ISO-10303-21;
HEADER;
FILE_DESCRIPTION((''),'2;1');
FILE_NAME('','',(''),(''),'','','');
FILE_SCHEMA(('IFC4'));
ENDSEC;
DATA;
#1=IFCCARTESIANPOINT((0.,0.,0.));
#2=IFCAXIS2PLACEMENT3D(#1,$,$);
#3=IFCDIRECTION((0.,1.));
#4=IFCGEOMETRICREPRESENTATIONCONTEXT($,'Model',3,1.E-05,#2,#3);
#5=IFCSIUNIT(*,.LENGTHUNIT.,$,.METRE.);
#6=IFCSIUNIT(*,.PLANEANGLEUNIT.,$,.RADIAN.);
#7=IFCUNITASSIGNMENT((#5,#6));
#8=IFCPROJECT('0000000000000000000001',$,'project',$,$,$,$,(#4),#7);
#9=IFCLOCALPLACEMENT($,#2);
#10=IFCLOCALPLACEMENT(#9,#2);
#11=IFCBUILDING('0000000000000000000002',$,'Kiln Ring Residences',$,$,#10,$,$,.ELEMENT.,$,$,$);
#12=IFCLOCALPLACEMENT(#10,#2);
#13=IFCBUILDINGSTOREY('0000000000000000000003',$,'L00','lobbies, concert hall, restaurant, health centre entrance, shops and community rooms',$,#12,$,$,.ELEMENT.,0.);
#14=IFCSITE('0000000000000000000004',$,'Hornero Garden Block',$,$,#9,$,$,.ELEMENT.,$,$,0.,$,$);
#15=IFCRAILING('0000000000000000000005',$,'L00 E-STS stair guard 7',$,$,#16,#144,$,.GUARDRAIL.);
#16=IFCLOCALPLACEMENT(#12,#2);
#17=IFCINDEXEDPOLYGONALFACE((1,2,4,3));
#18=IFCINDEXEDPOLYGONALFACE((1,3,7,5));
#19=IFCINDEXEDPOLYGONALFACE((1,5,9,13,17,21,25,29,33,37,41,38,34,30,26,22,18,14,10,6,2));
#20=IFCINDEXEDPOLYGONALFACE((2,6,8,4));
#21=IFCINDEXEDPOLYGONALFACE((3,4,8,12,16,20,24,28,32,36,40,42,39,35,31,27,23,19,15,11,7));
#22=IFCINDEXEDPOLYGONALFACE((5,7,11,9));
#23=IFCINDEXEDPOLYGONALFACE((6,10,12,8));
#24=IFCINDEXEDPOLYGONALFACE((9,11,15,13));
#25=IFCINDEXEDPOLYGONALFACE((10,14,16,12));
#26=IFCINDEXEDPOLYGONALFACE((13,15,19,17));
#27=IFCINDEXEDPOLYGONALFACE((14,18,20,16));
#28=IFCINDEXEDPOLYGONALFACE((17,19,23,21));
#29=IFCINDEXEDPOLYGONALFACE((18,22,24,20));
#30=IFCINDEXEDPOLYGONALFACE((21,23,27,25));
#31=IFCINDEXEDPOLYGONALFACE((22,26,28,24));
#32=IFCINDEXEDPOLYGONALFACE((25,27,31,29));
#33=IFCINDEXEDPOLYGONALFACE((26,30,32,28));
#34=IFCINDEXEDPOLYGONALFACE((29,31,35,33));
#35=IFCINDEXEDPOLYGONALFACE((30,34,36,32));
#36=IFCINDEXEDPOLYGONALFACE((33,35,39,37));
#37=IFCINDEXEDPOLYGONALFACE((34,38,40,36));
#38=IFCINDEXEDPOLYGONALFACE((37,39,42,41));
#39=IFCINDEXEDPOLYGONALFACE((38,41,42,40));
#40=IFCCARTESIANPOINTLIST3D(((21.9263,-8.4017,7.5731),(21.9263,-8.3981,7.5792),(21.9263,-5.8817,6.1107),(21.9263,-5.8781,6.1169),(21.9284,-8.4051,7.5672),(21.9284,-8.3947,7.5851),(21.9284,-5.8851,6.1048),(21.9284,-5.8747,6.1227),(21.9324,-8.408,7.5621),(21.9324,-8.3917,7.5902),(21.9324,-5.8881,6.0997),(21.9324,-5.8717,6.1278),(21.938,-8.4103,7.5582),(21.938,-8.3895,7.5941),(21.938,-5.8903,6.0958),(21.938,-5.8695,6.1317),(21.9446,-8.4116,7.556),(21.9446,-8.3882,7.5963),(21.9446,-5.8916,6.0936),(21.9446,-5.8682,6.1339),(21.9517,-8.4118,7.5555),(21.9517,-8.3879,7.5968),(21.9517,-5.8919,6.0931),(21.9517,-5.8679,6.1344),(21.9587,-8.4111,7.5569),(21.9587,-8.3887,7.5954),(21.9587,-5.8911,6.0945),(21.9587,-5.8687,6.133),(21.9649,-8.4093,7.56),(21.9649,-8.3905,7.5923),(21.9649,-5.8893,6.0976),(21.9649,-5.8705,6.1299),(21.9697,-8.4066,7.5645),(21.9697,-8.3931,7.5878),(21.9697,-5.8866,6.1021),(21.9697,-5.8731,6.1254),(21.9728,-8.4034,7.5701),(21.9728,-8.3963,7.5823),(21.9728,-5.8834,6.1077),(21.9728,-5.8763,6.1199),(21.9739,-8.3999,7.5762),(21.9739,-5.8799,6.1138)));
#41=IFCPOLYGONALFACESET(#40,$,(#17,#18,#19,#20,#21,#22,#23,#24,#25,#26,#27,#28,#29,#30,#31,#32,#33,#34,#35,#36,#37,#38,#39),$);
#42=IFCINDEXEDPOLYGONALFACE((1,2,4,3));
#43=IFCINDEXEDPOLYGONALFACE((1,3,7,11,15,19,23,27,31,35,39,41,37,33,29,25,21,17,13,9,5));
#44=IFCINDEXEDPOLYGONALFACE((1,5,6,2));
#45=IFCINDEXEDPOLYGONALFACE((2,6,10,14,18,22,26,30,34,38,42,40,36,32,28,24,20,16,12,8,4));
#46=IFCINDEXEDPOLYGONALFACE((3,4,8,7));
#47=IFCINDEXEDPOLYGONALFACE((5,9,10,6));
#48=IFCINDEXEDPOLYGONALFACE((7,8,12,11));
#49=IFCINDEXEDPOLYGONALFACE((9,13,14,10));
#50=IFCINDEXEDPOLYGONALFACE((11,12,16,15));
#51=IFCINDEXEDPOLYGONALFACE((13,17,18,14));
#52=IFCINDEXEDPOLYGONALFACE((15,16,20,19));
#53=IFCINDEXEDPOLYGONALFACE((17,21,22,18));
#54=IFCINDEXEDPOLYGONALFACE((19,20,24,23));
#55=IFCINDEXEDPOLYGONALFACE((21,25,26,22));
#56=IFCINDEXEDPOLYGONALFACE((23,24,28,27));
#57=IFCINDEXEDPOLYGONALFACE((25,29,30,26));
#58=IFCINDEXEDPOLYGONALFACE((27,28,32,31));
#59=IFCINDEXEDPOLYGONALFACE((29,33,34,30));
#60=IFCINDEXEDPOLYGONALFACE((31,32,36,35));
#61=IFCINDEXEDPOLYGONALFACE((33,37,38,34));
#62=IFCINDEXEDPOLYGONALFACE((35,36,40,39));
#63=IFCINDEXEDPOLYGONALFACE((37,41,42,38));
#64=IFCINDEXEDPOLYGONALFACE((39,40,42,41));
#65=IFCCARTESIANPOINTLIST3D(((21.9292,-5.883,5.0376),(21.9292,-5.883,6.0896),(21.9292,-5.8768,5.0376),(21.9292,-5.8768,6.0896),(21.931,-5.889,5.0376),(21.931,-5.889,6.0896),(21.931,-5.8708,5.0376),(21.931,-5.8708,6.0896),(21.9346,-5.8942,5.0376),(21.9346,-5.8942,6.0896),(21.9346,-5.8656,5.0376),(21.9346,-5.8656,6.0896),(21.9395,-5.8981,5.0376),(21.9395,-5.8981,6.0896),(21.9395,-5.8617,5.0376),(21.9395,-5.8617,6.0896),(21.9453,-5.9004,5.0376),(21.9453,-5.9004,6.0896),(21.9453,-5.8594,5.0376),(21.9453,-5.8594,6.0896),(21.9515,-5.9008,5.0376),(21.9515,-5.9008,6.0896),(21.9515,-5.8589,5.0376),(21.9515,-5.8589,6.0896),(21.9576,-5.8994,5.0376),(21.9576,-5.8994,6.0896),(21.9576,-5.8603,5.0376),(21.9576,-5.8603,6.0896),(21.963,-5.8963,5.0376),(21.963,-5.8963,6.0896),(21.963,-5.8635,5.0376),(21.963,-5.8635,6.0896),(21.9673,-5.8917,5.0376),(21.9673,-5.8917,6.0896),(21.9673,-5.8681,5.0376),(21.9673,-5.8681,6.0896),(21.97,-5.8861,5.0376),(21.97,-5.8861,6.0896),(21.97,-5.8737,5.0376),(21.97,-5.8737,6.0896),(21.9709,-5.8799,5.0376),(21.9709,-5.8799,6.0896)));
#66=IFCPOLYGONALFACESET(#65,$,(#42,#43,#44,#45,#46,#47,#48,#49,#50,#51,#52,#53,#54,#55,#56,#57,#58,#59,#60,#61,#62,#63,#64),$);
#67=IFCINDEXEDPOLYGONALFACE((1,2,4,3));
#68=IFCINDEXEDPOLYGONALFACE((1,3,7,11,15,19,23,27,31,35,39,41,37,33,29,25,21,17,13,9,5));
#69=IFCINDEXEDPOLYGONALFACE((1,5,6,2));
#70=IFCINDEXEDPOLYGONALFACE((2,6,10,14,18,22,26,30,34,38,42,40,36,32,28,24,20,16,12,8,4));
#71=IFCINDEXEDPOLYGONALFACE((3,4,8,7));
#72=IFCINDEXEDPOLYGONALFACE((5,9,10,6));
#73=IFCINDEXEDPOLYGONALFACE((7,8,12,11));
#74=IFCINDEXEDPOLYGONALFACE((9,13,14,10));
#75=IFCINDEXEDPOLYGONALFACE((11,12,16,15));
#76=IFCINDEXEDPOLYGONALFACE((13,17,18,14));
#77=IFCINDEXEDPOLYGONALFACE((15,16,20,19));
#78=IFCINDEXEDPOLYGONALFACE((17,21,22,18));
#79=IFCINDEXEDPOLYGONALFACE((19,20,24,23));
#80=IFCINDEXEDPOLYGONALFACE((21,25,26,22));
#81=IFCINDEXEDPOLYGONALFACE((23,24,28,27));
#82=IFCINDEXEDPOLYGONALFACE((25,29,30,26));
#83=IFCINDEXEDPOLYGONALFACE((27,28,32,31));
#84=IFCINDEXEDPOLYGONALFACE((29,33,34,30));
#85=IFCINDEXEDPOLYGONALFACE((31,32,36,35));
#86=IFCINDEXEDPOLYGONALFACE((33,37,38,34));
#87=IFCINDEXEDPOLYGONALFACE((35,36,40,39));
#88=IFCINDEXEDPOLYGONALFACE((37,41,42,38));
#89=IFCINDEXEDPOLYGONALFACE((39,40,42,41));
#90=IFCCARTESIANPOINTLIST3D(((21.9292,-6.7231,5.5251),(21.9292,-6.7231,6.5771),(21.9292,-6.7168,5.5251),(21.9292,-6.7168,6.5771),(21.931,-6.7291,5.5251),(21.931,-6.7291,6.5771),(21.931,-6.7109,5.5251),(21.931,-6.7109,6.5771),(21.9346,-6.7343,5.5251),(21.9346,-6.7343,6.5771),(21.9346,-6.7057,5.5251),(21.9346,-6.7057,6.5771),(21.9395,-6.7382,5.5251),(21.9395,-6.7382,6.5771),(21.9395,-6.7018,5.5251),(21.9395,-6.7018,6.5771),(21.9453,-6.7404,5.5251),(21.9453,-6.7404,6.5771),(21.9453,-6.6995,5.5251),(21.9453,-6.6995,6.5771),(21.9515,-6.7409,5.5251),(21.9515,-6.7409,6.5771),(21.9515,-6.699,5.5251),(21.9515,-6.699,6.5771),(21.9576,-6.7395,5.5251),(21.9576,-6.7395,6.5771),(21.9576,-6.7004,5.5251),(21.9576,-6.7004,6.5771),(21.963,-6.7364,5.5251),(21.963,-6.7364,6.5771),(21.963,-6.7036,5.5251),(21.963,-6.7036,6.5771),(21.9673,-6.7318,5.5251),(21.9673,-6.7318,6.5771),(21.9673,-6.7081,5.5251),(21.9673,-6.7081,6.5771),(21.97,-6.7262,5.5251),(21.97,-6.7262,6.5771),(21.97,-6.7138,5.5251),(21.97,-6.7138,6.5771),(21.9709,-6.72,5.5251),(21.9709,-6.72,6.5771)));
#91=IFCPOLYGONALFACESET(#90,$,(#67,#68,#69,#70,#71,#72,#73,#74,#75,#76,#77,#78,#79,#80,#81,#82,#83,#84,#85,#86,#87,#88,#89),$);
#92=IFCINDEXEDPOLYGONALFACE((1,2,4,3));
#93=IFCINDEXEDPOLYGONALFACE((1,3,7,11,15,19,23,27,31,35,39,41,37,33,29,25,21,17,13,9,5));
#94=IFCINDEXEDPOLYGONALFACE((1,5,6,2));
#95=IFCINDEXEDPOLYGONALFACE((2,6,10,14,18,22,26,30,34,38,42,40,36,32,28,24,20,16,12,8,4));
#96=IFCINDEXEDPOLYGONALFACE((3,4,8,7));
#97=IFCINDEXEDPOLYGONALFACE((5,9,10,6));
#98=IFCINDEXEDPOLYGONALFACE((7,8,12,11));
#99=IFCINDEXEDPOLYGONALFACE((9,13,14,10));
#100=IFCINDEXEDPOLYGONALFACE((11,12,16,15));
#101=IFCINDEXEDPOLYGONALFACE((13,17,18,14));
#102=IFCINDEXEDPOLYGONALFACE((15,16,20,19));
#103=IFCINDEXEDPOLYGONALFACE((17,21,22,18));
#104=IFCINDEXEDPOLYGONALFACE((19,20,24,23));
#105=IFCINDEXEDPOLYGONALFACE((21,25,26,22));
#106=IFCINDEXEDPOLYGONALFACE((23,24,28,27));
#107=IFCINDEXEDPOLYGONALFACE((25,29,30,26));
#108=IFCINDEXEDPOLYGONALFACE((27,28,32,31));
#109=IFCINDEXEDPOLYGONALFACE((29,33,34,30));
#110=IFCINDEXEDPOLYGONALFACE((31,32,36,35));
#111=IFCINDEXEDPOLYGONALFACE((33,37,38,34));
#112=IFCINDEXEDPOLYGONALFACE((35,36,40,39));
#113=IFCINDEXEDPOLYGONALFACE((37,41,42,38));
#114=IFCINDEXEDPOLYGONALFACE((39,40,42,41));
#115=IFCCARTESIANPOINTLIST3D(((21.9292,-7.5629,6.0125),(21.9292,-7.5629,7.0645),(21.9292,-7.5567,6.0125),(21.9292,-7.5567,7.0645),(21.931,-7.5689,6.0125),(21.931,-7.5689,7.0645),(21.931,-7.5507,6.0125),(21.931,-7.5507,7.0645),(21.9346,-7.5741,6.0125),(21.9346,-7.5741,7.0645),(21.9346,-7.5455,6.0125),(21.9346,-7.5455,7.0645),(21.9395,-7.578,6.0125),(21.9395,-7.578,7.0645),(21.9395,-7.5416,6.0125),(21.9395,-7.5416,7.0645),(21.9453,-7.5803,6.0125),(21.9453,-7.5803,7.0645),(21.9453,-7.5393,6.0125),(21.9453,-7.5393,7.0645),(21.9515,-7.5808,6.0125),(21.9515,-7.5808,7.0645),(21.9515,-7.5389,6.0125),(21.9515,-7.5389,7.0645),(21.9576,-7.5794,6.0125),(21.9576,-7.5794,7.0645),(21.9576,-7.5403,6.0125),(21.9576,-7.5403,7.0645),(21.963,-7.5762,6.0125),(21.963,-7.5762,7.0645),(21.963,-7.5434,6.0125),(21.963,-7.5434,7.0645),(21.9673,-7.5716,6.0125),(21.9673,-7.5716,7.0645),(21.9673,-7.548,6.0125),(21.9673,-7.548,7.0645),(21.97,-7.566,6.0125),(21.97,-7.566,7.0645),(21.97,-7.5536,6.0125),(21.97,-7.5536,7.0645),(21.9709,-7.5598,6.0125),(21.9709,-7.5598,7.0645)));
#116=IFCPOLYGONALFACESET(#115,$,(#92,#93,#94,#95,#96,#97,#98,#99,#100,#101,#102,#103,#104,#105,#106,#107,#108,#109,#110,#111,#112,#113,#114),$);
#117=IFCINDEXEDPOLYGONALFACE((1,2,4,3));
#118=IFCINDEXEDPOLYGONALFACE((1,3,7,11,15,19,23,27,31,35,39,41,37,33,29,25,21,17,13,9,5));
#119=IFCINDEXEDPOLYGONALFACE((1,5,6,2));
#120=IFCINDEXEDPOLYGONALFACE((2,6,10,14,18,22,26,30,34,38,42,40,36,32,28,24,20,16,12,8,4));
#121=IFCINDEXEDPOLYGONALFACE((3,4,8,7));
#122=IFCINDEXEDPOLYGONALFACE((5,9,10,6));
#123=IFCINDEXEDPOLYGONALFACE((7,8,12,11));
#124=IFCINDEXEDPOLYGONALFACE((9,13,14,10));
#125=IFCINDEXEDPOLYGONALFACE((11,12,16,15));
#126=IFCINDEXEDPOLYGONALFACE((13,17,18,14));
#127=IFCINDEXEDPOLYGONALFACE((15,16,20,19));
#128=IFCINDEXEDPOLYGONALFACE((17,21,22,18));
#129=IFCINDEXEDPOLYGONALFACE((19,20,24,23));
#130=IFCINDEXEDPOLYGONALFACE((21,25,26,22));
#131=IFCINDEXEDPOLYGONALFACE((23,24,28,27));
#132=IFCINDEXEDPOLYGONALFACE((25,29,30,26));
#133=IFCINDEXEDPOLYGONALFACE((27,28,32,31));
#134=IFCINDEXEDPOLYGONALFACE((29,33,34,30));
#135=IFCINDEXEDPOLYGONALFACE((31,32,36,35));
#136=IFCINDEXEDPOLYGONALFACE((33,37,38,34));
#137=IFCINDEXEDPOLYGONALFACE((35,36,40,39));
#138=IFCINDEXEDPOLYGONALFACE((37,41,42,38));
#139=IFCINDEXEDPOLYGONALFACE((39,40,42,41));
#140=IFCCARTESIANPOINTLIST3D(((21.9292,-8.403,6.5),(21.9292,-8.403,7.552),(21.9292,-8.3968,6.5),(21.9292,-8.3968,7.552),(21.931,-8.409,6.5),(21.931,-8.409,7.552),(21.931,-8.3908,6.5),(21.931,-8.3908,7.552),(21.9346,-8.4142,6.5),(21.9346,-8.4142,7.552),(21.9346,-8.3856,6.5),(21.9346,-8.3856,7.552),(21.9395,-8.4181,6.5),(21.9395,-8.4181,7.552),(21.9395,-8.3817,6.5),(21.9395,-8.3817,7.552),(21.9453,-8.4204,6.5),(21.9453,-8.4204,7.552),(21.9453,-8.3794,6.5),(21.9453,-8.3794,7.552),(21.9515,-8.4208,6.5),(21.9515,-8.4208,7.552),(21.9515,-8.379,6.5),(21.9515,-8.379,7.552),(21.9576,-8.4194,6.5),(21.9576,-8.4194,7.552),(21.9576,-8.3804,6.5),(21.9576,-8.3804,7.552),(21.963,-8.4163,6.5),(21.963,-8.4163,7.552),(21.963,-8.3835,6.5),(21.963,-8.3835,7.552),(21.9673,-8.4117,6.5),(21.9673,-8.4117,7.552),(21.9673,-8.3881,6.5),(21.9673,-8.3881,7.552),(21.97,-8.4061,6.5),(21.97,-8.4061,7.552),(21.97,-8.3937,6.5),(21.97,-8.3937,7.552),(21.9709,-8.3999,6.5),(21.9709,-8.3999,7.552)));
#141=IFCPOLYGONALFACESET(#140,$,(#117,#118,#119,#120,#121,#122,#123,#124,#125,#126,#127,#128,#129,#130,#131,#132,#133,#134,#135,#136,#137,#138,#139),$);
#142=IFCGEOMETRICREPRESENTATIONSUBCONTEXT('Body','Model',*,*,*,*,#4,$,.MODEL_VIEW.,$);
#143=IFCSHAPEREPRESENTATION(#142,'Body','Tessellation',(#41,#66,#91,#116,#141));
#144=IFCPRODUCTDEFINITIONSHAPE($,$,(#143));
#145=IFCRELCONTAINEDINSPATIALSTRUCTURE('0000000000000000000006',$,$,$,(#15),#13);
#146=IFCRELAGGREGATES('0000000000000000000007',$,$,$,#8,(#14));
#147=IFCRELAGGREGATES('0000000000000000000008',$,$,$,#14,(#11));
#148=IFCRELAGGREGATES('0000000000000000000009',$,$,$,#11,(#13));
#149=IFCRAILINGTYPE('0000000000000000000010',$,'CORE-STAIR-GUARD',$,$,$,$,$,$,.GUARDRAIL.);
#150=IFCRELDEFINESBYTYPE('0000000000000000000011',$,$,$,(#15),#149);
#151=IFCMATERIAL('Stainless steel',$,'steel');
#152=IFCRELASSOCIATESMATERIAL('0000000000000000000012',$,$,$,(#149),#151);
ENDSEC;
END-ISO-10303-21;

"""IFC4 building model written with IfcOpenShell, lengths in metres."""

from ifc_helpers import new_model, si_unit, direction, frame, origin, origin_2d, place, context, subcontext, project, spatial, circle, extrude, material, type_object, element, save


model = new_model("IFC4")

# Units and contexts
model_context = context("Model", 3, precision=1e-05, world=origin(), true_north=direction((0.0, 1.0)))
body_context = subcontext(model_context, "Body", "Model", "MODEL_VIEW")
ifc_project = project(units=[si_unit("LENGTHUNIT", "METRE"), si_unit("PLANEANGLEUNIT", "RADIAN")], contexts=[model_context])

# Site, building, storey
site_placement = place(None, origin())
site = spatial("IfcSite", under=ifc_project, at=site_placement, Name="Hornero Garden Block", CompositionType="ELEMENT", RefElevation=0.0)
building_placement = place(site_placement, origin())
building = spatial("IfcBuilding", under=site, at=building_placement, Name="Kiln Ring Residences", CompositionType="ELEMENT")
storey_placement = place(building_placement, origin())
storey = spatial("IfcBuildingStorey", under=building, at=storey_placement, Name="L00", Description="lobbies, concert hall, restaurant, health centre entrance, shops and community rooms", CompositionType="ELEMENT", Elevation=0.0)

# Railing
ifc_material_1 = material(Name="Stainless steel", Category="steel")
railing_type_1 = type_object("IfcRailingType", Name="CORE-STAIR-GUARD", PredefinedType="GUARDRAIL", material=ifc_material_1)
railing_1_placement = place(storey_placement, frame((21.95, -5.8799, 5.0376)))
element("IfcRailing", 1, at=railing_1_placement, inside=storey, type_object=railing_type_1, Name="L00 E-STS stair guard 7", PredefinedType="GUARDRAIL", context=body_context, shape_type="SweptSolid", body=[
    extrude(circle(Radius=0.0239, at=origin_2d()), frame((0.0, 0.0, 1.0762), z_axis=(0.0, -0.864913, 0.501921), x_axis=(1.0, 0.0, 0.0)), (0.0, 0.0, 1.0), 2.9136),
    extrude(circle(Radius=0.021, at=origin_2d()), origin(), (0.0, 0.0, 1.0), 1.052),
    extrude(circle(Radius=0.021, at=origin_2d()), frame((0.0, -0.8401, 0.4875)), (0.0, 0.0, 1.0), 1.052),
    extrude(circle(Radius=0.021, at=origin_2d()), frame((0.0, -1.6799, 0.9749)), (0.0, 0.0, 1.0), 1.052),
    extrude(circle(Radius=0.021, at=origin_2d()), frame((0.0, -2.52, 1.4624)), (0.0, 0.0, 1.0), 1.052),
])

save(model, "model.ifc")
